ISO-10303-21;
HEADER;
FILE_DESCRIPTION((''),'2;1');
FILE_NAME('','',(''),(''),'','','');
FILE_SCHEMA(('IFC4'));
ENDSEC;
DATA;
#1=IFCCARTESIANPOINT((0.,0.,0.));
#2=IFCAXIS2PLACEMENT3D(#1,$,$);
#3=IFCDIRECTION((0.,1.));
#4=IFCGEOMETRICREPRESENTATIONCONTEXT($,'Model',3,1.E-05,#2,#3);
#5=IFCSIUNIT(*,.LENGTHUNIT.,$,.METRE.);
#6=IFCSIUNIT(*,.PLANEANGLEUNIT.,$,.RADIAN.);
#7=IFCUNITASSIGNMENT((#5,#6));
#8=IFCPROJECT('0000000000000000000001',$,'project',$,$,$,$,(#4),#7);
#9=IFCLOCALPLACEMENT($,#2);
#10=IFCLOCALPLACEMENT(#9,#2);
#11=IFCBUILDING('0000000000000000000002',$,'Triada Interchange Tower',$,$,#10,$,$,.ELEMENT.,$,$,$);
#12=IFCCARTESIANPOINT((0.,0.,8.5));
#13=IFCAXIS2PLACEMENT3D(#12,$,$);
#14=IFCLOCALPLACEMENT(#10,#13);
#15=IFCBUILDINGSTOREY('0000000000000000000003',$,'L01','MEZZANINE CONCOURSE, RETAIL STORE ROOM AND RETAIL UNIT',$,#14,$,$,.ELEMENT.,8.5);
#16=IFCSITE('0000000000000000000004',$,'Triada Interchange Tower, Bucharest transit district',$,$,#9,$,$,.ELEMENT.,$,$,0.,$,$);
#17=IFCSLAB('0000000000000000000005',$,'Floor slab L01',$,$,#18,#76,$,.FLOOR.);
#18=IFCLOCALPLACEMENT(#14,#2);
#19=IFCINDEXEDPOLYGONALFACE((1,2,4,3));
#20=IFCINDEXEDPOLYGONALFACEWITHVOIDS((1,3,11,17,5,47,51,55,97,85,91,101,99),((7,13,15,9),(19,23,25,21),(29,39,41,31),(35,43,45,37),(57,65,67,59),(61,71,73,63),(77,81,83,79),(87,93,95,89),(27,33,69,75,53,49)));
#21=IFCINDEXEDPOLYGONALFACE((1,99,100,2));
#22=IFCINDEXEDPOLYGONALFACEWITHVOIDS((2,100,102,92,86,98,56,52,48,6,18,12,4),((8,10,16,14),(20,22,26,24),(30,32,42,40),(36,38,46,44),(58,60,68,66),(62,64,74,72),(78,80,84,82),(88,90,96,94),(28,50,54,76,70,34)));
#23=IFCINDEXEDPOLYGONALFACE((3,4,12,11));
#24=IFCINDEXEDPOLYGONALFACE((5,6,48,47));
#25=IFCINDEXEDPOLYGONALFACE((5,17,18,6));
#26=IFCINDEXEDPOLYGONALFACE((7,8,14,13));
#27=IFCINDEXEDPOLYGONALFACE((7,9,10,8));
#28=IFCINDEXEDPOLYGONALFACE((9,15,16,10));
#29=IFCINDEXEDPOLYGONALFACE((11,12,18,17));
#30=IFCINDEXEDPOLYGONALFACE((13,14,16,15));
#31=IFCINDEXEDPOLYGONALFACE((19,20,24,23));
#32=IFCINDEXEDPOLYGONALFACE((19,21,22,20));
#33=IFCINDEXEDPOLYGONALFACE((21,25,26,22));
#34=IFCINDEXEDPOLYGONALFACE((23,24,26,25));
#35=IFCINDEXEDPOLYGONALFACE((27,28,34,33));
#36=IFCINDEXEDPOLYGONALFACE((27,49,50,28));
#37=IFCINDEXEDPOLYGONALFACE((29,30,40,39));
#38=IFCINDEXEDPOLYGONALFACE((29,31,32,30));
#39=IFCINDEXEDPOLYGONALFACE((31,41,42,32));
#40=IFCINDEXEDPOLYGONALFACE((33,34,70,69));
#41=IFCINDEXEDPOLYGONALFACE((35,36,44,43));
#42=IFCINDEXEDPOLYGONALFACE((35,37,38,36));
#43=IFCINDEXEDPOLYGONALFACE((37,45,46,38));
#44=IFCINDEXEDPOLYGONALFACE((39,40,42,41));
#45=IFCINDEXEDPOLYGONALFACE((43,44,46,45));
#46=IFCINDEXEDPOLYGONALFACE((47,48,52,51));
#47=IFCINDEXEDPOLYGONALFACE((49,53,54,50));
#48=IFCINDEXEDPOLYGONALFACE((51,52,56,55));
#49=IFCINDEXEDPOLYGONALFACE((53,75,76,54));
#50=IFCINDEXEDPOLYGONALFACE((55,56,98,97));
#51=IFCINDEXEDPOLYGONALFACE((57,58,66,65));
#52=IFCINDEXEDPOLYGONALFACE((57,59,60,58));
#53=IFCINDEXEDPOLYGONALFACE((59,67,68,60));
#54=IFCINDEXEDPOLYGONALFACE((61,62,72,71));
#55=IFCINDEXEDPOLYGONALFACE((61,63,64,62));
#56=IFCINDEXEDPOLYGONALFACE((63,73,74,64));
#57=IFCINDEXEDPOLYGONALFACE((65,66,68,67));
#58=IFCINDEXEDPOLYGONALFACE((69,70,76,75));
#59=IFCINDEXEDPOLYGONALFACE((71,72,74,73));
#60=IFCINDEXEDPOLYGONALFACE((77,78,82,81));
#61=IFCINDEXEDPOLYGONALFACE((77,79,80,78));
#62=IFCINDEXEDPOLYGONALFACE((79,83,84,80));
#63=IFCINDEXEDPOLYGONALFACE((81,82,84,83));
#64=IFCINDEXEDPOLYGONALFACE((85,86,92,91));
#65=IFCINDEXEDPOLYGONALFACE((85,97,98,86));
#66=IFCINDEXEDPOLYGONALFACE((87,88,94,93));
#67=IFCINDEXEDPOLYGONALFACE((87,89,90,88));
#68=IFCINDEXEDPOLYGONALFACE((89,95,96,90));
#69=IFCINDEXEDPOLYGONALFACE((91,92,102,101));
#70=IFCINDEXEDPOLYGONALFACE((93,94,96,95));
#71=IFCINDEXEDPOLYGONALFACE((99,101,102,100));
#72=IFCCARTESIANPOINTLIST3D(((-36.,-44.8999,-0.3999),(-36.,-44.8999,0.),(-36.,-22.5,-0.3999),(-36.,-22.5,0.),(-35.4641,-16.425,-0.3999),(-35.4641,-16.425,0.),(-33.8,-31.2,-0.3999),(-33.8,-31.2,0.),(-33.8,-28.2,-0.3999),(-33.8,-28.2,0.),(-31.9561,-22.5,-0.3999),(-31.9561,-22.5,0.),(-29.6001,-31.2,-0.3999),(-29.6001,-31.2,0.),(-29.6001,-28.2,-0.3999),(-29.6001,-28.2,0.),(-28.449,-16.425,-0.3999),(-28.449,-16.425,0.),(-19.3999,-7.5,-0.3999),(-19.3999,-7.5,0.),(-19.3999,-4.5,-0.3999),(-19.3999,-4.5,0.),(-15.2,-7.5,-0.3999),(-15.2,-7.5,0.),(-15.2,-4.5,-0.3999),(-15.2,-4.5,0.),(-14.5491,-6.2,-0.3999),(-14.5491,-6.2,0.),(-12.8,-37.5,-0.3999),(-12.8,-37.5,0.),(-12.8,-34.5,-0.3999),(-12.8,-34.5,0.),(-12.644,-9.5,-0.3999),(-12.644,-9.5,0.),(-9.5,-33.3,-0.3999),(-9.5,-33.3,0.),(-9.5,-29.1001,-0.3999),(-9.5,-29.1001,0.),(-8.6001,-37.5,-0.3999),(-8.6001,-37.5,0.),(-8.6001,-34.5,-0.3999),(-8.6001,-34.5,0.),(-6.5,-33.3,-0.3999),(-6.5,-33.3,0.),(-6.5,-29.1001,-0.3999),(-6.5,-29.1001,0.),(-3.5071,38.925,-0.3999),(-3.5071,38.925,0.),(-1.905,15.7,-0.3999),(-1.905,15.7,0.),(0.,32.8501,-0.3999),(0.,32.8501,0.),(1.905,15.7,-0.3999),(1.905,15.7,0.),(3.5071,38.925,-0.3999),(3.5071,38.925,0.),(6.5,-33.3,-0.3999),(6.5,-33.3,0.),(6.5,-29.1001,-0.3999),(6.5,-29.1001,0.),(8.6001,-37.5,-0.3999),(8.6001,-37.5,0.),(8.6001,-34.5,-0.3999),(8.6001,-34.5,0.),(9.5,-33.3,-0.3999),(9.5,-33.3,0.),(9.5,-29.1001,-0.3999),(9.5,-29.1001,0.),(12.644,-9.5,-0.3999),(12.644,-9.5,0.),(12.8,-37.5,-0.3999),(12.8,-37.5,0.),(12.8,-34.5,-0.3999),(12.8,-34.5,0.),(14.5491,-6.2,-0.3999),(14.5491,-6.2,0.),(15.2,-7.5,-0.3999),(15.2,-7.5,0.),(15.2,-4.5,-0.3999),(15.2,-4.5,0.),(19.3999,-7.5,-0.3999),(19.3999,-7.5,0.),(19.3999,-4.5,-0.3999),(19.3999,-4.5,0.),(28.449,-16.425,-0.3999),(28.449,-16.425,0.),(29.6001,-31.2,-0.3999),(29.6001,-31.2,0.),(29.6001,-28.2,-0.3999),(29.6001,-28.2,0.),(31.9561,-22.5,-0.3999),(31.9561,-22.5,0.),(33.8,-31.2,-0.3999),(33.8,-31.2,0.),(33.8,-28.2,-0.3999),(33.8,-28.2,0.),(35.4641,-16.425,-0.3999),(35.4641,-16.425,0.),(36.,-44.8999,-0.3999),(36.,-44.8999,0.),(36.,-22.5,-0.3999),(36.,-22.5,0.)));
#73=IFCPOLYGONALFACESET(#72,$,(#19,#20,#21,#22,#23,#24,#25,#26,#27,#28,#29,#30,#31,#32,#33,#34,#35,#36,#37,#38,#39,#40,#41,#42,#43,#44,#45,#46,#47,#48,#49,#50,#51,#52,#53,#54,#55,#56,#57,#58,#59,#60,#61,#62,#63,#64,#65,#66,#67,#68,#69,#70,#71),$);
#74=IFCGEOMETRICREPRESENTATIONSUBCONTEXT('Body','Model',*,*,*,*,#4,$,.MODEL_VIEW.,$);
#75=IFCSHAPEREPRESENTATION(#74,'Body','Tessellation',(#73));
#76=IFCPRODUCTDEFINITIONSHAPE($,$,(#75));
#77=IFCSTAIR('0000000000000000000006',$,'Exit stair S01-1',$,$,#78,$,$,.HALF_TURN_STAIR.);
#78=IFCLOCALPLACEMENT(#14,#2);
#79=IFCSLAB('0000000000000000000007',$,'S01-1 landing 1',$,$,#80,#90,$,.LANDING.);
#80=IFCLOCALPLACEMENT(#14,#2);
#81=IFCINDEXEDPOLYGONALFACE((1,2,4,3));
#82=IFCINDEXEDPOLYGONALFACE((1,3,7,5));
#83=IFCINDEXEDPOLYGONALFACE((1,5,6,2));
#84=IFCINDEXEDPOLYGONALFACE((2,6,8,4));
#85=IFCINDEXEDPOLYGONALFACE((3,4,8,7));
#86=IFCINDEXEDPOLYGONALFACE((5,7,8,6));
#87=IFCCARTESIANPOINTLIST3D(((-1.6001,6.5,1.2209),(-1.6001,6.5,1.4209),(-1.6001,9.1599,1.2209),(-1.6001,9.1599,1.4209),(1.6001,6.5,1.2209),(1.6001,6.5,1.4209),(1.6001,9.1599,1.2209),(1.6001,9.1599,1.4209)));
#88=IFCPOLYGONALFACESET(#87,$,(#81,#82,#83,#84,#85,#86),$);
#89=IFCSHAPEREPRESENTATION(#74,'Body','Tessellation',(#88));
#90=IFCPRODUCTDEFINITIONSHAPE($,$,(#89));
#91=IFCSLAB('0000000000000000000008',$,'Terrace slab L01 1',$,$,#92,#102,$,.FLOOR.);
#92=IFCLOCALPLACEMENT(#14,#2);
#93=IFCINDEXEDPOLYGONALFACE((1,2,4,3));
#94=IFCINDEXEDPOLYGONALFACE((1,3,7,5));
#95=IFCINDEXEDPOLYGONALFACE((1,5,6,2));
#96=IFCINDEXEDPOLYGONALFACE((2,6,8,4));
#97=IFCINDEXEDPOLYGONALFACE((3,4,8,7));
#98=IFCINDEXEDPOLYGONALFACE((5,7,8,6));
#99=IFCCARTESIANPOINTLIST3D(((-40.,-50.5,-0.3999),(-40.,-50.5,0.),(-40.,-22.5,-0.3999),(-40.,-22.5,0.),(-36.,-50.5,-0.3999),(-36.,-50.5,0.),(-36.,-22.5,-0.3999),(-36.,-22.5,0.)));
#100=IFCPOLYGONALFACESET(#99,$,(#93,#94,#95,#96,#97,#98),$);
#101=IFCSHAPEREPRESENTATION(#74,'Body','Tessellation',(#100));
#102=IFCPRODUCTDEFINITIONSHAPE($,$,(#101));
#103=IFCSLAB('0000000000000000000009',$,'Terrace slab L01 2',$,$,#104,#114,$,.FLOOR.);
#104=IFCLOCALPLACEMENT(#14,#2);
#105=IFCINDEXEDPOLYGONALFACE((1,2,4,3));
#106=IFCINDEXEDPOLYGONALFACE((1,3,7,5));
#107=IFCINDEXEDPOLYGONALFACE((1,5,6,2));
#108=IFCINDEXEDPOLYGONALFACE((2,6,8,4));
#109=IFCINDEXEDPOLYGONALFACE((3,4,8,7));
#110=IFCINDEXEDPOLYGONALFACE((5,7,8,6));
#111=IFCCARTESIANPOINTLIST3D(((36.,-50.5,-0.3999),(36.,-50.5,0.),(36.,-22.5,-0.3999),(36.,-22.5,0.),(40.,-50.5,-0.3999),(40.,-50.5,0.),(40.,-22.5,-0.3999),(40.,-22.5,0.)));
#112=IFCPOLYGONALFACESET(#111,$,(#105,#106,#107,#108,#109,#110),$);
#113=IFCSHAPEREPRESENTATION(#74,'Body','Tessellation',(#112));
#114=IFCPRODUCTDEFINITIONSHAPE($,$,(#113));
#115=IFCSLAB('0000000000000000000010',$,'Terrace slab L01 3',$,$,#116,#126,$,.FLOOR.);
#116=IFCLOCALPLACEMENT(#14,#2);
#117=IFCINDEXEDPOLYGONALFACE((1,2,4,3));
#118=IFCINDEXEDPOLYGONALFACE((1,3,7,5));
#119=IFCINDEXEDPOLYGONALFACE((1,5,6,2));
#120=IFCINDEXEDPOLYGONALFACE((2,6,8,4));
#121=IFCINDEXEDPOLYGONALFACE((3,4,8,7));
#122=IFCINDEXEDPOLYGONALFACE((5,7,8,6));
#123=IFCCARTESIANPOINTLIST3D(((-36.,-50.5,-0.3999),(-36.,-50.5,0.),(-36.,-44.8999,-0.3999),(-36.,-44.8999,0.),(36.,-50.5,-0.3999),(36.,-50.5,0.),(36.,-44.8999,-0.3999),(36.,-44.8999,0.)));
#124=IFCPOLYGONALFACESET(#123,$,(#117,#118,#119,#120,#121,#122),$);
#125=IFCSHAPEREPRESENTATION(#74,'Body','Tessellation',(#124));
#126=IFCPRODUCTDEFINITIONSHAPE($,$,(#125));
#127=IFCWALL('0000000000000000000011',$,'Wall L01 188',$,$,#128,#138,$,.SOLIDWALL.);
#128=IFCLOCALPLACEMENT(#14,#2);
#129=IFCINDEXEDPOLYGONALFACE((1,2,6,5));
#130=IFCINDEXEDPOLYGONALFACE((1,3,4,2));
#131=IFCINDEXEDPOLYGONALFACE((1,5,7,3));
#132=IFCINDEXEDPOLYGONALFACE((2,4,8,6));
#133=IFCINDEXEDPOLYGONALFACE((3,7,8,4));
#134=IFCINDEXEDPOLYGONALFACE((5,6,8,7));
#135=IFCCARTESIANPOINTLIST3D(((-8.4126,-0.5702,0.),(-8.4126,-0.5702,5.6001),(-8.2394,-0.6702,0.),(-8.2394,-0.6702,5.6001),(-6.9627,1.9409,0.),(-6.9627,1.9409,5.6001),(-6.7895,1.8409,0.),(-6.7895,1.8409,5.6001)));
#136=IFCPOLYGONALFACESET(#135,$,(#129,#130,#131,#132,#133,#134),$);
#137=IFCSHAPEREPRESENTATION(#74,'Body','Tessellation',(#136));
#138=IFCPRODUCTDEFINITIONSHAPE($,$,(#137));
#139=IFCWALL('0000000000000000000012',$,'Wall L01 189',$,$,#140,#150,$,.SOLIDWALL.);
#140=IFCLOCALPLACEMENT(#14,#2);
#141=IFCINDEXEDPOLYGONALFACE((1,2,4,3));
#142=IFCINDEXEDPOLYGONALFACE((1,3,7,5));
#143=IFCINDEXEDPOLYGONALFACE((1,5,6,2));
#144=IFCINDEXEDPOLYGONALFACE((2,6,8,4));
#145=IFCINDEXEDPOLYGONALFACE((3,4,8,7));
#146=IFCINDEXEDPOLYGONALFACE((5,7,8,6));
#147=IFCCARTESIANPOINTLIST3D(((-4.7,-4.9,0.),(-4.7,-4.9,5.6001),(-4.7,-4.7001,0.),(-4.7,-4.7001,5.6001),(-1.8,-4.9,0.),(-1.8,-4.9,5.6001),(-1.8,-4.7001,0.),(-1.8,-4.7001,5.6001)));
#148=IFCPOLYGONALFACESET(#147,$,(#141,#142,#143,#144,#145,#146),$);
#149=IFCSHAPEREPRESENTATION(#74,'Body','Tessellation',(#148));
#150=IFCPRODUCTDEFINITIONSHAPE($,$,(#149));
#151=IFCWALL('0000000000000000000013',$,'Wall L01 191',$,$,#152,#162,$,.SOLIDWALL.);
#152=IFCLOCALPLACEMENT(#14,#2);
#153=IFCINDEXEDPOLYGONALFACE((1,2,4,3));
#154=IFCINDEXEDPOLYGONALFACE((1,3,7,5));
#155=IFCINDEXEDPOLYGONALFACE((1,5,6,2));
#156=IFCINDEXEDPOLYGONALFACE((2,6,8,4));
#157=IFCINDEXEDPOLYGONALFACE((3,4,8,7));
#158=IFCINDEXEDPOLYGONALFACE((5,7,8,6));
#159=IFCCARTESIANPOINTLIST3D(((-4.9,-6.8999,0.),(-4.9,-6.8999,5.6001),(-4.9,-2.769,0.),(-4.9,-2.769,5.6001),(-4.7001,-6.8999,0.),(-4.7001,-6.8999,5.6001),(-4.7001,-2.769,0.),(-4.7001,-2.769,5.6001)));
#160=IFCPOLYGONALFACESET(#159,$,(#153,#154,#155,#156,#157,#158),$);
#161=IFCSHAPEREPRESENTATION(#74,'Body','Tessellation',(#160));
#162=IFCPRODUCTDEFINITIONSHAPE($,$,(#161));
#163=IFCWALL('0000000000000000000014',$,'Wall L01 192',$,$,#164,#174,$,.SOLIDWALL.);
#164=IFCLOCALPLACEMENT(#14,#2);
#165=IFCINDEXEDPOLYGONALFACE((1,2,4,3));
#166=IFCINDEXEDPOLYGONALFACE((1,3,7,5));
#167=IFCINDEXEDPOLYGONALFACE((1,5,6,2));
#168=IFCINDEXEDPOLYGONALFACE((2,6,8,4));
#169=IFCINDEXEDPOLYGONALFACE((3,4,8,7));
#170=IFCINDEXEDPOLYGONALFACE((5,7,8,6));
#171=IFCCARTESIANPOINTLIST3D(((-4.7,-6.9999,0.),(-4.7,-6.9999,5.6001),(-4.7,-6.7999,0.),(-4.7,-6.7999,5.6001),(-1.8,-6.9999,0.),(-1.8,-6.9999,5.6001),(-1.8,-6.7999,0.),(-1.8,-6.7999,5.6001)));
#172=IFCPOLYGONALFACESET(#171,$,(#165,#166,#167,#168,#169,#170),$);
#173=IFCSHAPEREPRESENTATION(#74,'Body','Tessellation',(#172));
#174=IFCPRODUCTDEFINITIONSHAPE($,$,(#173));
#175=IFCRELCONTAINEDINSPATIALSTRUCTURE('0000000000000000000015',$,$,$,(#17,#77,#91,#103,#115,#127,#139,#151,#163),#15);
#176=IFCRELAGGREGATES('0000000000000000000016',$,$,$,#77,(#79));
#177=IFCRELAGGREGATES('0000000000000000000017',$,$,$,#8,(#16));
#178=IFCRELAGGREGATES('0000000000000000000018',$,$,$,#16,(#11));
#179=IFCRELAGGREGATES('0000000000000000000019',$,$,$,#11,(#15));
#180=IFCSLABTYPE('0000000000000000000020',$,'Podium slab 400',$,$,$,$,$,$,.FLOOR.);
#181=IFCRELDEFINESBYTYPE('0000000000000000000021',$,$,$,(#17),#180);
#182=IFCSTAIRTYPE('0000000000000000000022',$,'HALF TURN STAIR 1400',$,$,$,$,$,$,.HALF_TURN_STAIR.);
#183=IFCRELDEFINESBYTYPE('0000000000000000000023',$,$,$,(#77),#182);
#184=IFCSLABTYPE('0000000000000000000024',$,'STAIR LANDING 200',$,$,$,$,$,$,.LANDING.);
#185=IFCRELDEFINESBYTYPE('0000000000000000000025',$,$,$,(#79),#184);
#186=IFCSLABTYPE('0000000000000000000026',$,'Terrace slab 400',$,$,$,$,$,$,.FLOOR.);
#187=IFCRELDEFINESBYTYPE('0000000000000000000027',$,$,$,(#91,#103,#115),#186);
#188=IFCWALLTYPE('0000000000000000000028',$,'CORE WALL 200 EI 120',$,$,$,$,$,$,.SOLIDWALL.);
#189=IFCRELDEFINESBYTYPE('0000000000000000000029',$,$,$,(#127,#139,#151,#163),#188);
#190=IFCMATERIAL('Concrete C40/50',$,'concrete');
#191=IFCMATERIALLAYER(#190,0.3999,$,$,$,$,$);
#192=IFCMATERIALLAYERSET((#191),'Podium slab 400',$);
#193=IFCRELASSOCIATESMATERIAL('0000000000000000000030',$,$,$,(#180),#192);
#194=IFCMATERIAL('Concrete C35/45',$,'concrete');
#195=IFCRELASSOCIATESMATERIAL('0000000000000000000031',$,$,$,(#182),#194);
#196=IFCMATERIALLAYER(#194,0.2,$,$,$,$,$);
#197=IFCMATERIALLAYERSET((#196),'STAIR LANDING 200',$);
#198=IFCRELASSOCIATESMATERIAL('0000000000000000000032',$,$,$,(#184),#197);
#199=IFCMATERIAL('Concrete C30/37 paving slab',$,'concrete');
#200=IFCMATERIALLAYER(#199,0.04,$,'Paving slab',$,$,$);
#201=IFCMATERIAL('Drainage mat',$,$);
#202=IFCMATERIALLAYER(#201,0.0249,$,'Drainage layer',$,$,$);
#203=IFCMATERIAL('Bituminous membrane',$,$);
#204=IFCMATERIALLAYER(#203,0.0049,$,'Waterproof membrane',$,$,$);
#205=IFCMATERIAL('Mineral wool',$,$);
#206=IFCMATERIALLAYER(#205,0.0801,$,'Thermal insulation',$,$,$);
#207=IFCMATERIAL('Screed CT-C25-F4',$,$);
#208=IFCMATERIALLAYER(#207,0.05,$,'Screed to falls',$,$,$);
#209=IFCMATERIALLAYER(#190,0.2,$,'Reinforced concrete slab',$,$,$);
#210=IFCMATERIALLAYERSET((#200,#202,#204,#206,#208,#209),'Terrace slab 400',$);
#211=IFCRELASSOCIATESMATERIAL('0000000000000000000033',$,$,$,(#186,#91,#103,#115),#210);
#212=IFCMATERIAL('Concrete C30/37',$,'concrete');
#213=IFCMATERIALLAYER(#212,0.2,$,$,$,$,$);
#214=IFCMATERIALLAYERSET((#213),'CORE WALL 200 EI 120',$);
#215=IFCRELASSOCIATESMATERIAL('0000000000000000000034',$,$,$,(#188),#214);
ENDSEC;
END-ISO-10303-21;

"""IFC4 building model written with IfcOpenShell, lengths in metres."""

from ifc_helpers import new_model, si_unit, direction, frame, frame_2d, origin, place, context, subcontext, project, spatial, polyline, rectangle, outline, extrude, material, layer, layer_set, layer_usage, type_object, element, aggregate, save


model = new_model("IFC4")

# Units and contexts
model_context = context("Model", 3, precision=1e-05, world=origin(), true_north=direction((0.0, 1.0)))
body_context = subcontext(model_context, "Body", "Model", "MODEL_VIEW")
ifc_project = project(units=[si_unit("LENGTHUNIT", "METRE"), si_unit("PLANEANGLEUNIT", "RADIAN")], contexts=[model_context])

# Site, building, storey
site_placement = place(None, origin())
site = spatial("IfcSite", under=ifc_project, at=site_placement, Name="Triada Interchange Tower, Bucharest transit district", CompositionType="ELEMENT", RefElevation=0.0)
building_placement = place(site_placement, origin())
building = spatial("IfcBuilding", under=site, at=building_placement, Name="Triada Interchange Tower", CompositionType="ELEMENT")
storey_placement = place(building_placement, frame((0.0, 0.0, 8.5)))
storey = spatial("IfcBuildingStorey", under=building, at=storey_placement, Name="L01", Description="MEZZANINE CONCOURSE, RETAIL STORE ROOM AND RETAIL UNIT", CompositionType="ELEMENT", Elevation=8.5)

# Slab
ifc_material_1 = material(Name="Concrete C40/50", Category="concrete")
ifc_layer_1 = layer(ifc_material_1, 0.3999)
ifc_layer_set_1 = layer_set([ifc_layer_1], Name="Podium slab 400")
slab_type_1 = type_object("IfcSlabType", Name="Podium slab 400", PredefinedType="FLOOR", material=ifc_layer_set_1)
slab_1_placement = place(storey_placement, frame((0.0, 0.0, -0.3999)))
element("IfcSlab", 1, at=slab_1_placement, inside=storey, type_object=slab_type_1, Name="Floor slab L01", PredefinedType="FLOOR", context=body_context, shape_type="SweptSolid", body=[
    extrude(outline(polyline([(-36.0, -44.8999), (36.0, -44.8999), (36.0, -22.5), (31.9561, -22.5), (28.449, -16.425), (35.4641, -16.425), (3.5071, 38.925), (0.0, 32.8501), (-3.5071, 38.925), (-35.4641, -16.425), (-28.449, -16.425), (-31.9561, -22.5), (-36.0, -22.5), (-36.0, -44.8999)]), holes=[polyline([(-8.6001, -37.5), (-12.8, -37.5), (-12.8, -34.5), (-8.6001, -34.5), (-8.6001, -37.5)]), polyline([(8.6001, -34.5), (12.8, -34.5), (12.8, -37.5), (8.6001, -37.5), (8.6001, -34.5)]), polyline([(-6.5, -29.1001), (-6.5, -33.3), (-9.5, -33.3), (-9.5, -29.1001), (-6.5, -29.1001)]), polyline([(9.5, -29.1001), (9.5, -33.3), (6.5, -33.3), (6.5, -29.1001), (9.5, -29.1001)]), polyline([(-29.6001, -31.2), (-33.8, -31.2), (-33.8, -28.2), (-29.6001, -28.2), (-29.6001, -31.2)]), polyline([(29.6001, -28.2), (33.8, -28.2), (33.8, -31.2), (29.6001, -31.2), (29.6001, -28.2)]), polyline([(-19.3999, -4.5), (-15.2, -4.5), (-15.2, -7.5), (-19.3999, -7.5), (-19.3999, -4.5)]), polyline([(15.2, -7.5), (15.2, -4.5), (19.3999, -4.5), (19.3999, -7.5), (15.2, -7.5)]), polyline([(-14.5491, -6.2), (-1.905, 15.7), (1.905, 15.7), (14.5491, -6.2), (12.644, -9.5), (-12.644, -9.5), (-14.5491, -6.2)])]), origin(), (0.0, 0.0, 1.0), 0.3999),
])

# Stair, slab
ifc_material_2 = material(Name="Concrete C35/45", Category="concrete")
stair_type = type_object("IfcStairType", Name="HALF TURN STAIR 1400", PredefinedType="HALF_TURN_STAIR", material=ifc_material_2)
stair_1_placement = place(storey_placement, origin())
stair_1 = element("IfcStair", 2, at=stair_1_placement, inside=storey, type_object=stair_type, Name="Exit stair S01-1", PredefinedType="HALF_TURN_STAIR")
ifc_layer_2 = layer(ifc_material_2, 0.2)
ifc_layer_set_2 = layer_set([ifc_layer_2], Name="STAIR LANDING 200")
slab_type_2 = type_object("IfcSlabType", Name="STAIR LANDING 200", PredefinedType="LANDING", material=ifc_layer_set_2)
slab_2_placement = place(storey_placement, frame((0.0, 0.0, 1.2209)))
slab_2 = element("IfcSlab", 3, at=slab_2_placement, type_object=slab_type_2, Name="S01-1 landing 1", PredefinedType="LANDING", context=body_context, shape_type="SweptSolid", body=[
    extrude(outline(polyline([(1.6001, 6.5), (1.6001, 9.1599), (-1.6001, 9.1599), (-1.6001, 6.5), (1.6001, 6.5)])), origin(), (0.0, 0.0, 1.0), 0.2),
])
aggregate(stair_1, [slab_2])

# Slabs
ifc_material_3 = material(Name="Concrete C30/37 paving slab", Category="concrete")
ifc_layer_3 = layer(ifc_material_3, 0.04, Name="Paving slab")
ifc_material_4 = material(Name="Drainage mat")
ifc_layer_4 = layer(ifc_material_4, 0.0249, Name="Drainage layer")
ifc_material_5 = material(Name="Bituminous membrane")
ifc_layer_5 = layer(ifc_material_5, 0.0049, Name="Waterproof membrane")
ifc_material_6 = material(Name="Mineral wool")
ifc_layer_6 = layer(ifc_material_6, 0.0801, Name="Thermal insulation")
ifc_material_7 = material(Name="Screed CT-C25-F4")
ifc_layer_7 = layer(ifc_material_7, 0.05, Name="Screed to falls")
ifc_layer_8 = layer(ifc_material_1, 0.2, Name="Reinforced concrete slab")
ifc_layer_set_3 = layer_set([ifc_layer_3, ifc_layer_4, ifc_layer_5, ifc_layer_6, ifc_layer_7, ifc_layer_8], Name="Terrace slab 400")
ifc_layer_usage = layer_usage(ifc_layer_set_3, "AXIS3", "POSITIVE", 0.0)
slab_type_3 = type_object("IfcSlabType", Name="Terrace slab 400", PredefinedType="FLOOR", material=ifc_layer_set_3)
slab_3_placement = place(storey_placement, frame((0.0, 0.0, -0.3999)))
element("IfcSlab", 4, at=slab_3_placement, inside=storey, type_object=slab_type_3, material=ifc_layer_usage, Name="Terrace slab L01 1", PredefinedType="FLOOR", context=body_context, shape_type="SweptSolid", body=[
    extrude(outline(polyline([(-40.0, -50.5), (-36.0, -50.5), (-36.0, -22.5), (-40.0, -22.5), (-40.0, -50.5)])), origin(), (0.0, 0.0, 1.0), 0.3999),
])
slab_4_placement = place(storey_placement, frame((0.0, 0.0, -0.3999)))
element("IfcSlab", 5, at=slab_4_placement, inside=storey, type_object=slab_type_3, material=ifc_layer_usage, Name="Terrace slab L01 2", PredefinedType="FLOOR", context=body_context, shape_type="SweptSolid", body=[
    extrude(outline(polyline([(36.0, -50.5), (40.0, -50.5), (40.0, -22.5), (36.0, -22.5), (36.0, -50.5)])), origin(), (0.0, 0.0, 1.0), 0.3999),
])
slab_5_placement = place(storey_placement, frame((0.0, 0.0, -0.3999)))
element("IfcSlab", 6, at=slab_5_placement, inside=storey, type_object=slab_type_3, material=ifc_layer_usage, Name="Terrace slab L01 3", PredefinedType="FLOOR", context=body_context, shape_type="SweptSolid", body=[
    extrude(outline(polyline([(-36.0, -50.5), (36.0, -50.5), (36.0, -44.8999), (-36.0, -44.8999), (-36.0, -50.5)])), origin(), (0.0, 0.0, 1.0), 0.3999),
])

# Walls
ifc_material_8 = material(Name="Concrete C30/37", Category="concrete")
ifc_layer_9 = layer(ifc_material_8, 0.2)
ifc_layer_set_4 = layer_set([ifc_layer_9], Name="CORE WALL 200 EI 120")
wall_type_1 = type_object("IfcWallType", Name="CORE WALL 200 EI 120", PredefinedType="SOLIDWALL", material=ifc_layer_set_4)
wall_1_placement = place(storey_placement, frame((-8.3259, -0.6201, 0.0), z_axis=(0.0, 0.0, 1.0), x_axis=(0.500024, 0.866012, 0.0)))
element("IfcWall", 7, at=wall_1_placement, inside=storey, type_object=wall_type_1, Name="Wall L01 188", PredefinedType="SOLIDWALL", context=body_context, shape_type="SweptSolid", body=[
    extrude(rectangle(XDim=2.8997, YDim=0.2, at=frame_2d((1.4497, 0.0))), origin(), (0.0, 0.0, 1.0), 5.6001),
])
wall_2_placement = place(storey_placement, frame((-4.7, -4.8, 0.0), z_axis=(0.0, 0.0, 1.0), x_axis=(1.0, 0.0, 0.0)))
element("IfcWall", 8, at=wall_2_placement, inside=storey, type_object=wall_type_1, Name="Wall L01 189", PredefinedType="SOLIDWALL", context=body_context, shape_type="SweptSolid", body=[
    extrude(rectangle(XDim=2.8999, YDim=0.2, at=frame_2d((1.45, 0.0))), origin(), (0.0, 0.0, 1.0), 5.6001),
])
wall_3_placement = place(storey_placement, frame((-4.8, -6.8999, 0.0), z_axis=(0.0, 0.0, 1.0), x_axis=(0.0, 1.0, 0.0)))
element("IfcWall", 9, at=wall_3_placement, inside=storey, type_object=wall_type_1, Name="Wall L01 191", PredefinedType="SOLIDWALL", context=body_context, shape_type="SweptSolid", body=[
    extrude(rectangle(XDim=4.1309, YDim=0.2, at=frame_2d((2.0654, 0.0))), origin(), (0.0, 0.0, 1.0), 5.6001),
])
wall_4_placement = place(storey_placement, frame((-4.7, -6.8999, 0.0), z_axis=(0.0, 0.0, 1.0), x_axis=(1.0, 0.0, 0.0)))
element("IfcWall", 10, at=wall_4_placement, inside=storey, type_object=wall_type_1, Name="Wall L01 192", PredefinedType="SOLIDWALL", context=body_context, shape_type="SweptSolid", body=[
    extrude(rectangle(XDim=2.8999, YDim=0.2, at=frame_2d((1.45, 0.0))), origin(), (0.0, 0.0, 1.0), 5.6001),
])

save(model, "model.ifc")
